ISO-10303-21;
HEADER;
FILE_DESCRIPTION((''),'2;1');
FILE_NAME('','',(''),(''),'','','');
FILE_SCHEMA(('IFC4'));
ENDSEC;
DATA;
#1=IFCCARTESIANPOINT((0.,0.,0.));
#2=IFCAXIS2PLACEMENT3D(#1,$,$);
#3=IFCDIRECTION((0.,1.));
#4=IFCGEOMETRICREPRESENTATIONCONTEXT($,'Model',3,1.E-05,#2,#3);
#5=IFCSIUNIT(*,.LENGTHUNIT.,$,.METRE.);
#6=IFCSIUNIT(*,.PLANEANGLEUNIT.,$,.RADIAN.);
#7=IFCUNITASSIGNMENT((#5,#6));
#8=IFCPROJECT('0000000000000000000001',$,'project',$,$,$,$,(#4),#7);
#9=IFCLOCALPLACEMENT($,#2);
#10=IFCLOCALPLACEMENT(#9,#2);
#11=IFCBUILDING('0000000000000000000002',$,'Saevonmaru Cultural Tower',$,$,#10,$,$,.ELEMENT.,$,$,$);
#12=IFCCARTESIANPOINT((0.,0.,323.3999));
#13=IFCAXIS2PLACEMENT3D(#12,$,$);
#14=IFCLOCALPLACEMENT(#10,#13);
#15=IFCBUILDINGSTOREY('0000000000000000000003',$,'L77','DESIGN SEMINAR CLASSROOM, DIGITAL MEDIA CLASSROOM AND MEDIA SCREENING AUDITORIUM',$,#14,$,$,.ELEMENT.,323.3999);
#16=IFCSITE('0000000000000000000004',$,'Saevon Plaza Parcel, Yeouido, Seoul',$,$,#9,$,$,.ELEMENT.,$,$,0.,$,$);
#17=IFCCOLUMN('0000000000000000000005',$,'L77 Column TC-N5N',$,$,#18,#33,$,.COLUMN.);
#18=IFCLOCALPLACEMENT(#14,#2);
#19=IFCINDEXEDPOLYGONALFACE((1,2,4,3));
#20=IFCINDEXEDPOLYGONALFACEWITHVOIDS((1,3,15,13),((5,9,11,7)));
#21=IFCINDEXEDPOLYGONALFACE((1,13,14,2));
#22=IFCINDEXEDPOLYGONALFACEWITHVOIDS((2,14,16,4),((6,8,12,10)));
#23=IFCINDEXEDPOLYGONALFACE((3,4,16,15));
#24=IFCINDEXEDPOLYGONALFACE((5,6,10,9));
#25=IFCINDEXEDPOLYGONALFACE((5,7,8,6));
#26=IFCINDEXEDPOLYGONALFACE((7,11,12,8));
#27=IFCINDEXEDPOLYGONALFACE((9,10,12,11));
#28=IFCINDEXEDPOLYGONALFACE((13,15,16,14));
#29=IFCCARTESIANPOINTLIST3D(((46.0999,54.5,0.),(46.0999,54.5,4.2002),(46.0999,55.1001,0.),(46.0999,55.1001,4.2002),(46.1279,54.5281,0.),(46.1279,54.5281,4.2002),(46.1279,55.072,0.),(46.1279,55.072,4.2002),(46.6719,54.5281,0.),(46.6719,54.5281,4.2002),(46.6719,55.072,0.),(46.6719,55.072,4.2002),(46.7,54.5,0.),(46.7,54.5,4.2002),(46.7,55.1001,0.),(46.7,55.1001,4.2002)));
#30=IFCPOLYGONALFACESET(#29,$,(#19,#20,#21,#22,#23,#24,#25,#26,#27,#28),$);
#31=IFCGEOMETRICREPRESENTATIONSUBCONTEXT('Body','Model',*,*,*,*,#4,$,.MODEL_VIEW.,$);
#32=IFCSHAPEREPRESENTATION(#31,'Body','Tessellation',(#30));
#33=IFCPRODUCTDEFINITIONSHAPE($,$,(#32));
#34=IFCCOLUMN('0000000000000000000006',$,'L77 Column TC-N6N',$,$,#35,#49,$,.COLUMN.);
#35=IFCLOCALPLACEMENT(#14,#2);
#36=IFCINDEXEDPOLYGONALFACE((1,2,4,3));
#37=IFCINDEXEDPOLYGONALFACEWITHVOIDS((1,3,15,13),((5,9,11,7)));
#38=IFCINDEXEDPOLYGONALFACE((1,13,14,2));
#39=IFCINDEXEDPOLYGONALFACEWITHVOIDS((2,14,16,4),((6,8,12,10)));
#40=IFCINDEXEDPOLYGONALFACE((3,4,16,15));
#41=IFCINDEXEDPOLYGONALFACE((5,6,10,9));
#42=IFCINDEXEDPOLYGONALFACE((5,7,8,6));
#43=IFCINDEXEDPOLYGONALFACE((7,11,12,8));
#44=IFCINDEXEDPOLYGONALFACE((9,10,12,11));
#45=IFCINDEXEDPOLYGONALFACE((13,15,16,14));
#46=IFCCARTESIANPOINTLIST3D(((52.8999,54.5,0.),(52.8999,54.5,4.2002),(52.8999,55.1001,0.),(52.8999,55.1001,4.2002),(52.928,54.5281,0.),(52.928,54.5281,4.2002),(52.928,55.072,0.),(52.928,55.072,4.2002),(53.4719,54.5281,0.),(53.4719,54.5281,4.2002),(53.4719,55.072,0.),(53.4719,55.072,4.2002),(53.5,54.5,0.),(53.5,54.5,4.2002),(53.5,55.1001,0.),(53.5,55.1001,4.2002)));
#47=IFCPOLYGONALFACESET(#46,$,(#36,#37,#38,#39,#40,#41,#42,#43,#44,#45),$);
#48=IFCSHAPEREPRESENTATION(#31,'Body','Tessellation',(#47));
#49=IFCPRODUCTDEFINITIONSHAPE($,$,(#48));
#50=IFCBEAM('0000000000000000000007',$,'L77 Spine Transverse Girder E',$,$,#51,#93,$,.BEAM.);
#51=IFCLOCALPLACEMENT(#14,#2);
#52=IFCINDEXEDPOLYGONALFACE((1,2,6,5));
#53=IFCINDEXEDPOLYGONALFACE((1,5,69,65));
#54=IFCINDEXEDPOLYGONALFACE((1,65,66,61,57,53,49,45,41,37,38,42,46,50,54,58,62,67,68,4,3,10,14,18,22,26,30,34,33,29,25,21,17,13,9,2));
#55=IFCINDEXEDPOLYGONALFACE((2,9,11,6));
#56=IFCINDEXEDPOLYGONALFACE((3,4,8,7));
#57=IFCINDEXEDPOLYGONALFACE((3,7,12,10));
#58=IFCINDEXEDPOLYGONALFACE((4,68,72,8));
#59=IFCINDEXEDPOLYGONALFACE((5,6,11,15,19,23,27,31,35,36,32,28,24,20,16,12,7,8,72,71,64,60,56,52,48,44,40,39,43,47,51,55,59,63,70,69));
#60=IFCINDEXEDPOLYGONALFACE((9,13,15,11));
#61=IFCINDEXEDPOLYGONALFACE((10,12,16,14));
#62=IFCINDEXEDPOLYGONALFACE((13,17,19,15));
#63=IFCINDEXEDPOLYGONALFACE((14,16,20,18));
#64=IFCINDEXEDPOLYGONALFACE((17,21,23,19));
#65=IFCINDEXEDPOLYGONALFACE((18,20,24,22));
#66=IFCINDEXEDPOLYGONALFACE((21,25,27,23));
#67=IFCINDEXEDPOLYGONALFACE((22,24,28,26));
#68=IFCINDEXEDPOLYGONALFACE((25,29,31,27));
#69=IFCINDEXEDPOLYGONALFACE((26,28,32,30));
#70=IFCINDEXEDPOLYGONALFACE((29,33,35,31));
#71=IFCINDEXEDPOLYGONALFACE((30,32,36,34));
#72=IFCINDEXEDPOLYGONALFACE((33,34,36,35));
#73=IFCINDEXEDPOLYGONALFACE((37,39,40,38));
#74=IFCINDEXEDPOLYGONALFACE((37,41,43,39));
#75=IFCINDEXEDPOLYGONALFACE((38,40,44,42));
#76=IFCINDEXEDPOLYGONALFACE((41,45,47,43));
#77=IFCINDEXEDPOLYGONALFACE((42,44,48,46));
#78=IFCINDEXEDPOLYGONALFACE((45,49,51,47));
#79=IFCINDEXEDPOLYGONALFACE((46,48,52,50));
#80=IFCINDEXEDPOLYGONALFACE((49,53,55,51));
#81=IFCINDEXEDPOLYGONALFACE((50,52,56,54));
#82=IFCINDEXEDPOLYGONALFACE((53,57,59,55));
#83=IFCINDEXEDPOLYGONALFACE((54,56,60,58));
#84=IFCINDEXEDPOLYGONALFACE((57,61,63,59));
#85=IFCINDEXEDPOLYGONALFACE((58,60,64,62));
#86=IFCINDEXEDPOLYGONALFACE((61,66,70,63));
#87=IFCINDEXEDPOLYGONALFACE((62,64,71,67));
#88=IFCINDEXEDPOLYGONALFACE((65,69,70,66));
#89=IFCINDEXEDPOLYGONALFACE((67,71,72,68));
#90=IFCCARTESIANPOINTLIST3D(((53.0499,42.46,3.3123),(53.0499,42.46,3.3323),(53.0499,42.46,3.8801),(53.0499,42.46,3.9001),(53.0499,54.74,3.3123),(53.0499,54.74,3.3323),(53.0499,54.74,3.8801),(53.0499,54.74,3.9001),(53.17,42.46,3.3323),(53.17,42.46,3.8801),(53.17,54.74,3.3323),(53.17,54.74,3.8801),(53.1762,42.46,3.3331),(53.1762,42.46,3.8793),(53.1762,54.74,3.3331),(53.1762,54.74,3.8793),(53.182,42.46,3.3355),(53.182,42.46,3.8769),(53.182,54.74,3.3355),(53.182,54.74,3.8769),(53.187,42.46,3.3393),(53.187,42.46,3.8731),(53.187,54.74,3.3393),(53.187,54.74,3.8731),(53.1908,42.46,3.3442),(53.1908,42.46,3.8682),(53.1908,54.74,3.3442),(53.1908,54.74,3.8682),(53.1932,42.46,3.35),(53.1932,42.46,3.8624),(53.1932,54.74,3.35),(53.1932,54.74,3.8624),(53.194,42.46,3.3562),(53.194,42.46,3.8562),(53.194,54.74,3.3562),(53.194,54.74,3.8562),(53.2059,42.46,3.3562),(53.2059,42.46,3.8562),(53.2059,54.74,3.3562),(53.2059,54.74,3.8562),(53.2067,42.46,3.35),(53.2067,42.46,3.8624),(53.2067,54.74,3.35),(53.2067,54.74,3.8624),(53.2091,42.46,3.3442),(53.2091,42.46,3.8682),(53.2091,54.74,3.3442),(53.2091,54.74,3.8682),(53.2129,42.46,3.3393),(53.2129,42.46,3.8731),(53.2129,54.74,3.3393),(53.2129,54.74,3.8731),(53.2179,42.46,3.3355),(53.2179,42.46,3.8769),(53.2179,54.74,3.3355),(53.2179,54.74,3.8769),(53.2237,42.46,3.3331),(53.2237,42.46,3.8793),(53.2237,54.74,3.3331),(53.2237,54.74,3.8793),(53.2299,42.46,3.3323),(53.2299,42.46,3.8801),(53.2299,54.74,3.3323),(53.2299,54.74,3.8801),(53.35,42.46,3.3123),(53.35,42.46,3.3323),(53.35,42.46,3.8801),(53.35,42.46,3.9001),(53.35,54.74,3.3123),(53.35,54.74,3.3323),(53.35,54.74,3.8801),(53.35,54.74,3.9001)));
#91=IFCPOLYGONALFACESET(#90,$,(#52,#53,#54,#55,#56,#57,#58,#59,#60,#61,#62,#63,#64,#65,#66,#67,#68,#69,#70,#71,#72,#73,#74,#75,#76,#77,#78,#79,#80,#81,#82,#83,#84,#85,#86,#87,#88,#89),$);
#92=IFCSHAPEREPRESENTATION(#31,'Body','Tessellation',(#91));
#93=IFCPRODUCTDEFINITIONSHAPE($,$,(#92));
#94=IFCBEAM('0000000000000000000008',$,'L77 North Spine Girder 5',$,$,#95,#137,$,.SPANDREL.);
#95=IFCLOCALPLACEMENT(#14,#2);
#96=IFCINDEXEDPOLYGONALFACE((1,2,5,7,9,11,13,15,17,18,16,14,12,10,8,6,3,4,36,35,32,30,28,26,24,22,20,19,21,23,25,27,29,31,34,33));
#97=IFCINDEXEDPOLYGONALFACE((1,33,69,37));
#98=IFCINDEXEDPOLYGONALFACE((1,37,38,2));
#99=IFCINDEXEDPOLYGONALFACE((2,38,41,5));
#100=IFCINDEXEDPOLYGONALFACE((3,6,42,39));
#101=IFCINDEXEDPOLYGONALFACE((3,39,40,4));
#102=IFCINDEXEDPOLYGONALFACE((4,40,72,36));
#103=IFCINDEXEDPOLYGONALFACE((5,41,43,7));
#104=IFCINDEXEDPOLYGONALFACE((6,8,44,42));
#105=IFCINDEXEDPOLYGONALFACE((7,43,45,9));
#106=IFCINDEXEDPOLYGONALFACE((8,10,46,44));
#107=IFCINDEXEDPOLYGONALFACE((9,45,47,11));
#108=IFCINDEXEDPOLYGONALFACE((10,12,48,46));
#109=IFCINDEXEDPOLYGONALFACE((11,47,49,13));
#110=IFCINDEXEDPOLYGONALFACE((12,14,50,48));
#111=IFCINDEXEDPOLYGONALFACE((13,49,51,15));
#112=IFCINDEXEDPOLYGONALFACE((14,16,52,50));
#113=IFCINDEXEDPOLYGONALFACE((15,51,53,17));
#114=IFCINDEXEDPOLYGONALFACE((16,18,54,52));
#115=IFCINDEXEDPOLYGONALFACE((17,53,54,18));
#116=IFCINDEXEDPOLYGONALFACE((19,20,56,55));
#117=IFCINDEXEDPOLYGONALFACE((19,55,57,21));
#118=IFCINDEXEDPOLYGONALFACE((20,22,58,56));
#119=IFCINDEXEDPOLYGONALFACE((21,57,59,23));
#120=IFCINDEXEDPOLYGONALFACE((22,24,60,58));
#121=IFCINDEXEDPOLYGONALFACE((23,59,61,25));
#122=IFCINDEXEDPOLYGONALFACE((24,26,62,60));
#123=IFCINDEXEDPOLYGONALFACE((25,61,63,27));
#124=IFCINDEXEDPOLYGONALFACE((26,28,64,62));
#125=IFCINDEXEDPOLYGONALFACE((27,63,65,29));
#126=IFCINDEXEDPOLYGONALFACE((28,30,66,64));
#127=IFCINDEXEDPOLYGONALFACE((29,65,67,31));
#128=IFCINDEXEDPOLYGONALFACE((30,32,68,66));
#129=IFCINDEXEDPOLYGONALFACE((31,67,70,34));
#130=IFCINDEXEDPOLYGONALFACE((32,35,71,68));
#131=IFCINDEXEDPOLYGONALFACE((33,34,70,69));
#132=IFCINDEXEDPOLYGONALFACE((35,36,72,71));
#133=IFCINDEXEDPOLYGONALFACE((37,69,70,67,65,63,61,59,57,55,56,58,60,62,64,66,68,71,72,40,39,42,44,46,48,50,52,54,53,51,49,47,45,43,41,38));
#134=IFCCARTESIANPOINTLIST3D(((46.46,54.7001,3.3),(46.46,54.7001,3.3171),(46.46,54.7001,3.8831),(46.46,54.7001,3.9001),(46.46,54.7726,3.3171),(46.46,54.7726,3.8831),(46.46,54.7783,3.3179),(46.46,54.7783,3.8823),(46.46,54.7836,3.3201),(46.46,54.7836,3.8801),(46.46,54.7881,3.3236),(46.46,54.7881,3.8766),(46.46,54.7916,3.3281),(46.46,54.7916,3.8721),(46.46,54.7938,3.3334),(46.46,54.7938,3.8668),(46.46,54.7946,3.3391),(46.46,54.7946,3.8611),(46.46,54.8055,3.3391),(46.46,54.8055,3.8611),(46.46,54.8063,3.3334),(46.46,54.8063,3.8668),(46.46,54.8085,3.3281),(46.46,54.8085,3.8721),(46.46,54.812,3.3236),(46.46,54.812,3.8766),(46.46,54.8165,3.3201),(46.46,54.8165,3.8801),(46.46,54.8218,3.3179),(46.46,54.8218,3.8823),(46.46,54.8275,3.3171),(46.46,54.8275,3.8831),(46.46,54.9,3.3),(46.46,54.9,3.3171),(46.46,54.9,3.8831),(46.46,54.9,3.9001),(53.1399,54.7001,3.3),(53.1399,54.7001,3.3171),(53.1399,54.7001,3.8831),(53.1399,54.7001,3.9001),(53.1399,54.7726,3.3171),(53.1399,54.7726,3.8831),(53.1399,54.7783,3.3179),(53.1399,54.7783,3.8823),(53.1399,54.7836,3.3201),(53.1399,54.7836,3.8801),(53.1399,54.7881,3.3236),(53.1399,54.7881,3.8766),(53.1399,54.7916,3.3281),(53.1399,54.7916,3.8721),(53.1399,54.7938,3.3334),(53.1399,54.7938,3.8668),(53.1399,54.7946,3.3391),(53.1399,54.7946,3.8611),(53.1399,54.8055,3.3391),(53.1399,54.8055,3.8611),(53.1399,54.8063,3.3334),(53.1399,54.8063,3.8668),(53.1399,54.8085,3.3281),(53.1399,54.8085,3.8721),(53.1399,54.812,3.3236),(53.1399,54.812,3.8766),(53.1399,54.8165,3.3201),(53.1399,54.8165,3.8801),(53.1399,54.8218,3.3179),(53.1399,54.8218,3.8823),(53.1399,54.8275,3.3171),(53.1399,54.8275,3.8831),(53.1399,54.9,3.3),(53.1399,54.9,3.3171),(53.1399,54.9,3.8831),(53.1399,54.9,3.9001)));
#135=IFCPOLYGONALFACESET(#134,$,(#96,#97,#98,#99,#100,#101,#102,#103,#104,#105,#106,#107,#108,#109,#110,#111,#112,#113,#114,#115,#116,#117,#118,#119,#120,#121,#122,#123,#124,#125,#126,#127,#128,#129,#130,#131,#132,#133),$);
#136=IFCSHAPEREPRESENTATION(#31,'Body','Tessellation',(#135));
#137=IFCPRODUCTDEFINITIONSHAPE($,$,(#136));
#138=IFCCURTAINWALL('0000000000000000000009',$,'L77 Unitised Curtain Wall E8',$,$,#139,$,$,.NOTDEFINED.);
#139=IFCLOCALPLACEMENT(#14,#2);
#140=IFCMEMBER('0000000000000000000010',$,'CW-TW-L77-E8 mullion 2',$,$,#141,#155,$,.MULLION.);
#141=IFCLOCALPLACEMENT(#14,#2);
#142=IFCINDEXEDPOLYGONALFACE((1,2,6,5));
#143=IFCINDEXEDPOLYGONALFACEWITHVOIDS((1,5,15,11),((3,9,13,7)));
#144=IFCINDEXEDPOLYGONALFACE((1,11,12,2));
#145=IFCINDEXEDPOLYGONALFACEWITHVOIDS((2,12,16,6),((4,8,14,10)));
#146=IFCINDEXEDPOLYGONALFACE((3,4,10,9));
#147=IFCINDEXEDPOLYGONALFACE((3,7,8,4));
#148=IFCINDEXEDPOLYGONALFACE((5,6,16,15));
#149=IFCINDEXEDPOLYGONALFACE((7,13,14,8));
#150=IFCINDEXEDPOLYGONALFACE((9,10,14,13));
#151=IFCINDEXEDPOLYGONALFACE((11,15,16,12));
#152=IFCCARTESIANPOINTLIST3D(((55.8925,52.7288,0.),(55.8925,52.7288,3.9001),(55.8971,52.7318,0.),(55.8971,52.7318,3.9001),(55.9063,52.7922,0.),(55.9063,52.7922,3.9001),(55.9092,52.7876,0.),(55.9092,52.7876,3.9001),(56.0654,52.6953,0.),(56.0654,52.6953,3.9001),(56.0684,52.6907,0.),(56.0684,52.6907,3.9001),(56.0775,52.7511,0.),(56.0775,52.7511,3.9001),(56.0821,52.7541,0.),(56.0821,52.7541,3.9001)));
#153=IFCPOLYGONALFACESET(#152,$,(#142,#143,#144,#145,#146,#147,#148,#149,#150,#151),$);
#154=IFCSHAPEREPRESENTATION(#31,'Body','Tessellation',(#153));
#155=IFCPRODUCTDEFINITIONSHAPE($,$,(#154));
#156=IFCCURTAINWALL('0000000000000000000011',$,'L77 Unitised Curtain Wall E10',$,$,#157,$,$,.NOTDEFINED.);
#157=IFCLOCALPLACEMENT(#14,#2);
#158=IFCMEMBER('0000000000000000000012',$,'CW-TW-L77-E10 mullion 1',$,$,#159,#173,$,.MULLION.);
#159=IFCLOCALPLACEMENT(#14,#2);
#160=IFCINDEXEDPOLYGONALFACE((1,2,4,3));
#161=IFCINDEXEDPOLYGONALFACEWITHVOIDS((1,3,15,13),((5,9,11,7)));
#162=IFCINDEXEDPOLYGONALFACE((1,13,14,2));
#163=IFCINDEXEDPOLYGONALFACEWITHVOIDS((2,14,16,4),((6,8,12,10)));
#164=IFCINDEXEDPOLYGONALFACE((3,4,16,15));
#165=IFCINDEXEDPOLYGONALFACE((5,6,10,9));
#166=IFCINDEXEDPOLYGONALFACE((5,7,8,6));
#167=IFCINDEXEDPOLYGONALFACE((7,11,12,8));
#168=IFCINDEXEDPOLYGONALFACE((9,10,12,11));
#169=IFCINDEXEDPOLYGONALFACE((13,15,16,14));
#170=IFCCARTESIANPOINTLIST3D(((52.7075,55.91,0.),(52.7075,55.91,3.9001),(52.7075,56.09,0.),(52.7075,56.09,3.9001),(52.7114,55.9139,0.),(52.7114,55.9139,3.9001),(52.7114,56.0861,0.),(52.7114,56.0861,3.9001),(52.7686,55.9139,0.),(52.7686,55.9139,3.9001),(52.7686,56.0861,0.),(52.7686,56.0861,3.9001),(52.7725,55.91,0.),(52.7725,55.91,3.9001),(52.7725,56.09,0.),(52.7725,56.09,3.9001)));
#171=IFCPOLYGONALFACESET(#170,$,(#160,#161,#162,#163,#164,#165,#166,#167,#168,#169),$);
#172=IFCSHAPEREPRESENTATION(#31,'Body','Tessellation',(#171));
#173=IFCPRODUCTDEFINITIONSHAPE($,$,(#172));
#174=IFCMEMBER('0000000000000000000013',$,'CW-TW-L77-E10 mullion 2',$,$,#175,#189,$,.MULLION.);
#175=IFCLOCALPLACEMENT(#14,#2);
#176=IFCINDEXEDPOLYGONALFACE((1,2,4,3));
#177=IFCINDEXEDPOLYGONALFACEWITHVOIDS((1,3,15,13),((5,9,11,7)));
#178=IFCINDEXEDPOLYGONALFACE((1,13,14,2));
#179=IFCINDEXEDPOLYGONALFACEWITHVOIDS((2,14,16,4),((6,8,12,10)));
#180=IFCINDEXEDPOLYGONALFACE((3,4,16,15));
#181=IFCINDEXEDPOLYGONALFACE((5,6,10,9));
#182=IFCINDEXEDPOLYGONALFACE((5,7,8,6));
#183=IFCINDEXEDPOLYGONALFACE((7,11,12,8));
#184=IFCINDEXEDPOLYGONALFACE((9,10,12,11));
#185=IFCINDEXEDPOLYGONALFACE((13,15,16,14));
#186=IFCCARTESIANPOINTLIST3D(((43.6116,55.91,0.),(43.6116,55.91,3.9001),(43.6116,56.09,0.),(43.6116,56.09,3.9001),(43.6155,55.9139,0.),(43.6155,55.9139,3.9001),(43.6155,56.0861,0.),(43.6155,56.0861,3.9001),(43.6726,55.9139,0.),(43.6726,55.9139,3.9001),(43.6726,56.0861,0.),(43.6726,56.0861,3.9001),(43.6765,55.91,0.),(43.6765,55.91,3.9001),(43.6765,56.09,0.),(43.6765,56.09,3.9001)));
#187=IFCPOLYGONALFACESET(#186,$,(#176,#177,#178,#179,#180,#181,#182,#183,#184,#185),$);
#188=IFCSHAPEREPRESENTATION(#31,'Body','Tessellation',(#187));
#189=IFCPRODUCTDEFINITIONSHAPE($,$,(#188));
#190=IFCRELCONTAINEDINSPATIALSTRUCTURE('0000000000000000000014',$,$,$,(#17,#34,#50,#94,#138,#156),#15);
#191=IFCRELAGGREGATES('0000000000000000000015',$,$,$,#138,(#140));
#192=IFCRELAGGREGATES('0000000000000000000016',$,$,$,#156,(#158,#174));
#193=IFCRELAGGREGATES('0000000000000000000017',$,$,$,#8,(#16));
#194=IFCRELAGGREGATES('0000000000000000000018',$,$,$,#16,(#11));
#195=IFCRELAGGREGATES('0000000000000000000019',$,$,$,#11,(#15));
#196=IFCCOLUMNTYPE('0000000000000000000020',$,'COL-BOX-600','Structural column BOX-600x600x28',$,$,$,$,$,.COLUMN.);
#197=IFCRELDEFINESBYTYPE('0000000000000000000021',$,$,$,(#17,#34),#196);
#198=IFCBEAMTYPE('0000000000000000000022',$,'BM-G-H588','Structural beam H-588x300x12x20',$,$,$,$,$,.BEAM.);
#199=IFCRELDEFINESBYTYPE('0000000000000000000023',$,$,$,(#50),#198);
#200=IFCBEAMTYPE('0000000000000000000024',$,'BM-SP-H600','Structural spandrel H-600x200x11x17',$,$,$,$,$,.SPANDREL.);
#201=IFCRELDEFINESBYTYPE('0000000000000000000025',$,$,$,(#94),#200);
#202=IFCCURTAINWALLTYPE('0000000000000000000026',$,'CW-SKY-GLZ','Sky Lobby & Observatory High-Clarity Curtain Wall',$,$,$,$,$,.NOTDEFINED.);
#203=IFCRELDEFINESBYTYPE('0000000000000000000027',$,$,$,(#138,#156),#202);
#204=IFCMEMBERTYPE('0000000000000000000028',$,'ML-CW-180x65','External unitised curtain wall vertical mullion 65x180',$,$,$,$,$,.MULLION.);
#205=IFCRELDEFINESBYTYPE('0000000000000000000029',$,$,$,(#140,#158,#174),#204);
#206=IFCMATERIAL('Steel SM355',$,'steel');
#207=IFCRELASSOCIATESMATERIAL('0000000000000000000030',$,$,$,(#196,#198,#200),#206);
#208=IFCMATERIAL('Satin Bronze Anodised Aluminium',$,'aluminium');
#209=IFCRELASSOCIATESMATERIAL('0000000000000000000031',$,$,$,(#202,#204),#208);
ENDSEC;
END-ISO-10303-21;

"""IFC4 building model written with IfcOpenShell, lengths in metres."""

from ifc_helpers import new_model, si_unit, direction, frame, origin, origin_2d, place, context, subcontext, project, spatial, hollow_rectangle, i_section, extrude, material, material_profile, profile_set, type_object, element, aggregate, save


model = new_model("IFC4")

# Units and contexts
model_context = context("Model", 3, precision=1e-05, world=origin(), true_north=direction((0.0, 1.0)))
body_context = subcontext(model_context, "Body", "Model", "MODEL_VIEW")
ifc_project = project(units=[si_unit("LENGTHUNIT", "METRE"), si_unit("PLANEANGLEUNIT", "RADIAN")], contexts=[model_context])

# Site, building, storey
site_placement = place(None, origin())
site = spatial("IfcSite", under=ifc_project, at=site_placement, Name="Saevon Plaza Parcel, Yeouido, Seoul", CompositionType="ELEMENT", RefElevation=0.0)
building_placement = place(site_placement, origin())
building = spatial("IfcBuilding", under=site, at=building_placement, Name="Saevonmaru Cultural Tower", CompositionType="ELEMENT")
storey_placement = place(building_placement, frame((0.0, 0.0, 323.3999)))
storey = spatial("IfcBuildingStorey", under=building, at=storey_placement, Name="L77", Description="DESIGN SEMINAR CLASSROOM, DIGITAL MEDIA CLASSROOM AND MEDIA SCREENING AUDITORIUM", CompositionType="ELEMENT", Elevation=323.3999)

# Columns
ifc_material_1 = material(Name="Steel SM355", Category="steel")
ifc_material_profile_1 = material_profile(ifc_material_1, hollow_rectangle(XDim=0.6001, YDim=0.6001, WallThickness=0.0281, at=origin_2d()), Name="BOX-600x600x28")
ifc_profile_set_1 = profile_set([ifc_material_profile_1], Name="Steel SM355")
column_type = type_object("IfcColumnType", Name="COL-BOX-600", Description="Structural column BOX-600x600x28", PredefinedType="COLUMN", material=ifc_profile_set_1)
for number, where, z_axis, x_axis, name in (
    (1, (46.3999, 54.8, 0.0), (0.0, 0.0, 1.0), (1.0, 0.0, 0.0), "L77 Column TC-N5N"),
    (2, (53.2, 54.8, 0.0), (0.0, 0.0, 1.0), (1.0, 0.0, 0.0), "L77 Column TC-N6N"),
):
    element("IfcColumn", number, at=place(storey_placement, frame(where, z_axis=z_axis, x_axis=x_axis)), inside=storey, type_object=column_type, Name=name, PredefinedType="COLUMN", context=body_context, shape_type="SweptSolid", body=[
        extrude(hollow_rectangle(XDim=0.6001, YDim=0.6001, WallThickness=0.0281, at=origin_2d()), origin(), (0.0, 0.0, 1.0), 4.2002),
    ])

# Beams
ifc_material_profile_2 = material_profile(ifc_material_1, i_section(OverallWidth=0.3, OverallDepth=0.5879, WebThickness=0.012, FlangeThickness=0.02, FilletRadius=0.0239, at=origin_2d()), Name="H-588x300x12x20")
ifc_profile_set_2 = profile_set([ifc_material_profile_2], Name="Steel SM355")
beam_type_1 = type_object("IfcBeamType", Name="BM-G-H588", Description="Structural beam H-588x300x12x20", PredefinedType="BEAM", material=ifc_profile_set_2)
beam_1_placement = place(storey_placement, frame((53.2, 54.74, 3.6062), z_axis=(0.0, -1.0, 0.0), x_axis=(1.0, 0.0, 0.0)))
element("IfcBeam", 3, at=beam_1_placement, inside=storey, type_object=beam_type_1, Name="L77 Spine Transverse Girder E", PredefinedType="BEAM", context=body_context, shape_type="SweptSolid", body=[
    extrude(i_section(OverallWidth=0.3, OverallDepth=0.5879, WebThickness=0.012, FlangeThickness=0.02, FilletRadius=0.0239, at=origin_2d()), origin(), (0.0, 0.0, 1.0), 12.28),
])
ifc_material_profile_3 = material_profile(ifc_material_1, i_section(OverallWidth=0.2, OverallDepth=0.6001, WebThickness=0.011, FlangeThickness=0.0171, FilletRadius=0.022, at=origin_2d()), Name="H-600x200x11x17")
ifc_profile_set_3 = profile_set([ifc_material_profile_3], Name="Steel SM355")
beam_type_2 = type_object("IfcBeamType", Name="BM-SP-H600", Description="Structural spandrel H-600x200x11x17", PredefinedType="SPANDREL", material=ifc_profile_set_3)
beam_2_placement = place(storey_placement, frame((46.46, 54.8, 3.6001), z_axis=(1.0, 0.0, 0.0), x_axis=(0.0, 1.0, 0.0)))
element("IfcBeam", 4, at=beam_2_placement, inside=storey, type_object=beam_type_2, Name="L77 North Spine Girder 5", PredefinedType="SPANDREL", context=body_context, shape_type="SweptSolid", body=[
    extrude(i_section(OverallWidth=0.2, OverallDepth=0.6001, WebThickness=0.011, FlangeThickness=0.0171, FilletRadius=0.022, at=origin_2d()), origin(), (0.0, 0.0, 1.0), 6.6799),
])

# Curtain wall, member
ifc_material_2 = material(Name="Satin Bronze Anodised Aluminium", Category="aluminium")
curtain_wall_type = type_object("IfcCurtainWallType", Name="CW-SKY-GLZ", Description="Sky Lobby & Observatory High-Clarity Curtain Wall", PredefinedType="NOTDEFINED", material=ifc_material_2)
curtain_wall_1_placement = place(storey_placement, origin())
curtain_wall_1 = element("IfcCurtainWall", 5, at=curtain_wall_1_placement, inside=storey, type_object=curtain_wall_type, Name="L77 Unitised Curtain Wall E8", PredefinedType="NOTDEFINED")
ifc_material_profile_4 = material_profile(ifc_material_2, hollow_rectangle(XDim=0.0649, YDim=0.1799, WallThickness=0.0039, at=origin_2d()), Name="ALU-MULL-180x65x4")
ifc_profile_set_4 = profile_set([ifc_material_profile_4], Name="Satin Bronze Anodised Aluminium")
member_type_1 = type_object("IfcMemberType", Name="ML-CW-180x65", Description="External unitised curtain wall vertical mullion 65x180", PredefinedType="MULLION", material=ifc_profile_set_4)
member_1_placement = place(storey_placement, frame((55.9873, 52.7415, 0.0), z_axis=(0.0, 0.0, 1.0), x_axis=(0.21175, 0.977324, 0.0)))
member_1 = element("IfcMember", 6, at=member_1_placement, type_object=member_type_1, Name="CW-TW-L77-E8 mullion 2", PredefinedType="MULLION", context=body_context, shape_type="SweptSolid", body=[
    extrude(hollow_rectangle(XDim=0.0649, YDim=0.1799, WallThickness=0.0039, at=origin_2d()), origin(), (0.0, 0.0, 1.0), 3.9001),
])

# Curtain wall, members
curtain_wall_2_placement = place(storey_placement, origin())
curtain_wall_2 = element("IfcCurtainWall", 7, at=curtain_wall_2_placement, inside=storey, type_object=curtain_wall_type, Name="L77 Unitised Curtain Wall E10", PredefinedType="NOTDEFINED")
member_2_placement = place(storey_placement, frame((52.74, 56.0, 0.0), z_axis=(0.0, 0.0, 1.0), x_axis=(-1.0, 0.0, 0.0)))
member_2 = element("IfcMember", 8, at=member_2_placement, type_object=member_type_1, Name="CW-TW-L77-E10 mullion 1", PredefinedType="MULLION", context=body_context, shape_type="SweptSolid", body=[
    extrude(hollow_rectangle(XDim=0.0649, YDim=0.1799, WallThickness=0.0039, at=origin_2d()), origin(), (0.0, 0.0, 1.0), 3.9001),
])
member_3_placement = place(storey_placement, frame((43.644, 56.0, 0.0), z_axis=(0.0, 0.0, 1.0), x_axis=(-1.0, 0.0, 0.0)))
member_3 = element("IfcMember", 9, at=member_3_placement, type_object=member_type_1, Name="CW-TW-L77-E10 mullion 2", PredefinedType="MULLION", context=body_context, shape_type="SweptSolid", body=[
    extrude(hollow_rectangle(XDim=0.0649, YDim=0.1799, WallThickness=0.0039, at=origin_2d()), origin(), (0.0, 0.0, 1.0), 3.9001),
])

aggregate(curtain_wall_1, [member_1])
aggregate(curtain_wall_2, [member_2, member_3])

save(model, "model.ifc")
